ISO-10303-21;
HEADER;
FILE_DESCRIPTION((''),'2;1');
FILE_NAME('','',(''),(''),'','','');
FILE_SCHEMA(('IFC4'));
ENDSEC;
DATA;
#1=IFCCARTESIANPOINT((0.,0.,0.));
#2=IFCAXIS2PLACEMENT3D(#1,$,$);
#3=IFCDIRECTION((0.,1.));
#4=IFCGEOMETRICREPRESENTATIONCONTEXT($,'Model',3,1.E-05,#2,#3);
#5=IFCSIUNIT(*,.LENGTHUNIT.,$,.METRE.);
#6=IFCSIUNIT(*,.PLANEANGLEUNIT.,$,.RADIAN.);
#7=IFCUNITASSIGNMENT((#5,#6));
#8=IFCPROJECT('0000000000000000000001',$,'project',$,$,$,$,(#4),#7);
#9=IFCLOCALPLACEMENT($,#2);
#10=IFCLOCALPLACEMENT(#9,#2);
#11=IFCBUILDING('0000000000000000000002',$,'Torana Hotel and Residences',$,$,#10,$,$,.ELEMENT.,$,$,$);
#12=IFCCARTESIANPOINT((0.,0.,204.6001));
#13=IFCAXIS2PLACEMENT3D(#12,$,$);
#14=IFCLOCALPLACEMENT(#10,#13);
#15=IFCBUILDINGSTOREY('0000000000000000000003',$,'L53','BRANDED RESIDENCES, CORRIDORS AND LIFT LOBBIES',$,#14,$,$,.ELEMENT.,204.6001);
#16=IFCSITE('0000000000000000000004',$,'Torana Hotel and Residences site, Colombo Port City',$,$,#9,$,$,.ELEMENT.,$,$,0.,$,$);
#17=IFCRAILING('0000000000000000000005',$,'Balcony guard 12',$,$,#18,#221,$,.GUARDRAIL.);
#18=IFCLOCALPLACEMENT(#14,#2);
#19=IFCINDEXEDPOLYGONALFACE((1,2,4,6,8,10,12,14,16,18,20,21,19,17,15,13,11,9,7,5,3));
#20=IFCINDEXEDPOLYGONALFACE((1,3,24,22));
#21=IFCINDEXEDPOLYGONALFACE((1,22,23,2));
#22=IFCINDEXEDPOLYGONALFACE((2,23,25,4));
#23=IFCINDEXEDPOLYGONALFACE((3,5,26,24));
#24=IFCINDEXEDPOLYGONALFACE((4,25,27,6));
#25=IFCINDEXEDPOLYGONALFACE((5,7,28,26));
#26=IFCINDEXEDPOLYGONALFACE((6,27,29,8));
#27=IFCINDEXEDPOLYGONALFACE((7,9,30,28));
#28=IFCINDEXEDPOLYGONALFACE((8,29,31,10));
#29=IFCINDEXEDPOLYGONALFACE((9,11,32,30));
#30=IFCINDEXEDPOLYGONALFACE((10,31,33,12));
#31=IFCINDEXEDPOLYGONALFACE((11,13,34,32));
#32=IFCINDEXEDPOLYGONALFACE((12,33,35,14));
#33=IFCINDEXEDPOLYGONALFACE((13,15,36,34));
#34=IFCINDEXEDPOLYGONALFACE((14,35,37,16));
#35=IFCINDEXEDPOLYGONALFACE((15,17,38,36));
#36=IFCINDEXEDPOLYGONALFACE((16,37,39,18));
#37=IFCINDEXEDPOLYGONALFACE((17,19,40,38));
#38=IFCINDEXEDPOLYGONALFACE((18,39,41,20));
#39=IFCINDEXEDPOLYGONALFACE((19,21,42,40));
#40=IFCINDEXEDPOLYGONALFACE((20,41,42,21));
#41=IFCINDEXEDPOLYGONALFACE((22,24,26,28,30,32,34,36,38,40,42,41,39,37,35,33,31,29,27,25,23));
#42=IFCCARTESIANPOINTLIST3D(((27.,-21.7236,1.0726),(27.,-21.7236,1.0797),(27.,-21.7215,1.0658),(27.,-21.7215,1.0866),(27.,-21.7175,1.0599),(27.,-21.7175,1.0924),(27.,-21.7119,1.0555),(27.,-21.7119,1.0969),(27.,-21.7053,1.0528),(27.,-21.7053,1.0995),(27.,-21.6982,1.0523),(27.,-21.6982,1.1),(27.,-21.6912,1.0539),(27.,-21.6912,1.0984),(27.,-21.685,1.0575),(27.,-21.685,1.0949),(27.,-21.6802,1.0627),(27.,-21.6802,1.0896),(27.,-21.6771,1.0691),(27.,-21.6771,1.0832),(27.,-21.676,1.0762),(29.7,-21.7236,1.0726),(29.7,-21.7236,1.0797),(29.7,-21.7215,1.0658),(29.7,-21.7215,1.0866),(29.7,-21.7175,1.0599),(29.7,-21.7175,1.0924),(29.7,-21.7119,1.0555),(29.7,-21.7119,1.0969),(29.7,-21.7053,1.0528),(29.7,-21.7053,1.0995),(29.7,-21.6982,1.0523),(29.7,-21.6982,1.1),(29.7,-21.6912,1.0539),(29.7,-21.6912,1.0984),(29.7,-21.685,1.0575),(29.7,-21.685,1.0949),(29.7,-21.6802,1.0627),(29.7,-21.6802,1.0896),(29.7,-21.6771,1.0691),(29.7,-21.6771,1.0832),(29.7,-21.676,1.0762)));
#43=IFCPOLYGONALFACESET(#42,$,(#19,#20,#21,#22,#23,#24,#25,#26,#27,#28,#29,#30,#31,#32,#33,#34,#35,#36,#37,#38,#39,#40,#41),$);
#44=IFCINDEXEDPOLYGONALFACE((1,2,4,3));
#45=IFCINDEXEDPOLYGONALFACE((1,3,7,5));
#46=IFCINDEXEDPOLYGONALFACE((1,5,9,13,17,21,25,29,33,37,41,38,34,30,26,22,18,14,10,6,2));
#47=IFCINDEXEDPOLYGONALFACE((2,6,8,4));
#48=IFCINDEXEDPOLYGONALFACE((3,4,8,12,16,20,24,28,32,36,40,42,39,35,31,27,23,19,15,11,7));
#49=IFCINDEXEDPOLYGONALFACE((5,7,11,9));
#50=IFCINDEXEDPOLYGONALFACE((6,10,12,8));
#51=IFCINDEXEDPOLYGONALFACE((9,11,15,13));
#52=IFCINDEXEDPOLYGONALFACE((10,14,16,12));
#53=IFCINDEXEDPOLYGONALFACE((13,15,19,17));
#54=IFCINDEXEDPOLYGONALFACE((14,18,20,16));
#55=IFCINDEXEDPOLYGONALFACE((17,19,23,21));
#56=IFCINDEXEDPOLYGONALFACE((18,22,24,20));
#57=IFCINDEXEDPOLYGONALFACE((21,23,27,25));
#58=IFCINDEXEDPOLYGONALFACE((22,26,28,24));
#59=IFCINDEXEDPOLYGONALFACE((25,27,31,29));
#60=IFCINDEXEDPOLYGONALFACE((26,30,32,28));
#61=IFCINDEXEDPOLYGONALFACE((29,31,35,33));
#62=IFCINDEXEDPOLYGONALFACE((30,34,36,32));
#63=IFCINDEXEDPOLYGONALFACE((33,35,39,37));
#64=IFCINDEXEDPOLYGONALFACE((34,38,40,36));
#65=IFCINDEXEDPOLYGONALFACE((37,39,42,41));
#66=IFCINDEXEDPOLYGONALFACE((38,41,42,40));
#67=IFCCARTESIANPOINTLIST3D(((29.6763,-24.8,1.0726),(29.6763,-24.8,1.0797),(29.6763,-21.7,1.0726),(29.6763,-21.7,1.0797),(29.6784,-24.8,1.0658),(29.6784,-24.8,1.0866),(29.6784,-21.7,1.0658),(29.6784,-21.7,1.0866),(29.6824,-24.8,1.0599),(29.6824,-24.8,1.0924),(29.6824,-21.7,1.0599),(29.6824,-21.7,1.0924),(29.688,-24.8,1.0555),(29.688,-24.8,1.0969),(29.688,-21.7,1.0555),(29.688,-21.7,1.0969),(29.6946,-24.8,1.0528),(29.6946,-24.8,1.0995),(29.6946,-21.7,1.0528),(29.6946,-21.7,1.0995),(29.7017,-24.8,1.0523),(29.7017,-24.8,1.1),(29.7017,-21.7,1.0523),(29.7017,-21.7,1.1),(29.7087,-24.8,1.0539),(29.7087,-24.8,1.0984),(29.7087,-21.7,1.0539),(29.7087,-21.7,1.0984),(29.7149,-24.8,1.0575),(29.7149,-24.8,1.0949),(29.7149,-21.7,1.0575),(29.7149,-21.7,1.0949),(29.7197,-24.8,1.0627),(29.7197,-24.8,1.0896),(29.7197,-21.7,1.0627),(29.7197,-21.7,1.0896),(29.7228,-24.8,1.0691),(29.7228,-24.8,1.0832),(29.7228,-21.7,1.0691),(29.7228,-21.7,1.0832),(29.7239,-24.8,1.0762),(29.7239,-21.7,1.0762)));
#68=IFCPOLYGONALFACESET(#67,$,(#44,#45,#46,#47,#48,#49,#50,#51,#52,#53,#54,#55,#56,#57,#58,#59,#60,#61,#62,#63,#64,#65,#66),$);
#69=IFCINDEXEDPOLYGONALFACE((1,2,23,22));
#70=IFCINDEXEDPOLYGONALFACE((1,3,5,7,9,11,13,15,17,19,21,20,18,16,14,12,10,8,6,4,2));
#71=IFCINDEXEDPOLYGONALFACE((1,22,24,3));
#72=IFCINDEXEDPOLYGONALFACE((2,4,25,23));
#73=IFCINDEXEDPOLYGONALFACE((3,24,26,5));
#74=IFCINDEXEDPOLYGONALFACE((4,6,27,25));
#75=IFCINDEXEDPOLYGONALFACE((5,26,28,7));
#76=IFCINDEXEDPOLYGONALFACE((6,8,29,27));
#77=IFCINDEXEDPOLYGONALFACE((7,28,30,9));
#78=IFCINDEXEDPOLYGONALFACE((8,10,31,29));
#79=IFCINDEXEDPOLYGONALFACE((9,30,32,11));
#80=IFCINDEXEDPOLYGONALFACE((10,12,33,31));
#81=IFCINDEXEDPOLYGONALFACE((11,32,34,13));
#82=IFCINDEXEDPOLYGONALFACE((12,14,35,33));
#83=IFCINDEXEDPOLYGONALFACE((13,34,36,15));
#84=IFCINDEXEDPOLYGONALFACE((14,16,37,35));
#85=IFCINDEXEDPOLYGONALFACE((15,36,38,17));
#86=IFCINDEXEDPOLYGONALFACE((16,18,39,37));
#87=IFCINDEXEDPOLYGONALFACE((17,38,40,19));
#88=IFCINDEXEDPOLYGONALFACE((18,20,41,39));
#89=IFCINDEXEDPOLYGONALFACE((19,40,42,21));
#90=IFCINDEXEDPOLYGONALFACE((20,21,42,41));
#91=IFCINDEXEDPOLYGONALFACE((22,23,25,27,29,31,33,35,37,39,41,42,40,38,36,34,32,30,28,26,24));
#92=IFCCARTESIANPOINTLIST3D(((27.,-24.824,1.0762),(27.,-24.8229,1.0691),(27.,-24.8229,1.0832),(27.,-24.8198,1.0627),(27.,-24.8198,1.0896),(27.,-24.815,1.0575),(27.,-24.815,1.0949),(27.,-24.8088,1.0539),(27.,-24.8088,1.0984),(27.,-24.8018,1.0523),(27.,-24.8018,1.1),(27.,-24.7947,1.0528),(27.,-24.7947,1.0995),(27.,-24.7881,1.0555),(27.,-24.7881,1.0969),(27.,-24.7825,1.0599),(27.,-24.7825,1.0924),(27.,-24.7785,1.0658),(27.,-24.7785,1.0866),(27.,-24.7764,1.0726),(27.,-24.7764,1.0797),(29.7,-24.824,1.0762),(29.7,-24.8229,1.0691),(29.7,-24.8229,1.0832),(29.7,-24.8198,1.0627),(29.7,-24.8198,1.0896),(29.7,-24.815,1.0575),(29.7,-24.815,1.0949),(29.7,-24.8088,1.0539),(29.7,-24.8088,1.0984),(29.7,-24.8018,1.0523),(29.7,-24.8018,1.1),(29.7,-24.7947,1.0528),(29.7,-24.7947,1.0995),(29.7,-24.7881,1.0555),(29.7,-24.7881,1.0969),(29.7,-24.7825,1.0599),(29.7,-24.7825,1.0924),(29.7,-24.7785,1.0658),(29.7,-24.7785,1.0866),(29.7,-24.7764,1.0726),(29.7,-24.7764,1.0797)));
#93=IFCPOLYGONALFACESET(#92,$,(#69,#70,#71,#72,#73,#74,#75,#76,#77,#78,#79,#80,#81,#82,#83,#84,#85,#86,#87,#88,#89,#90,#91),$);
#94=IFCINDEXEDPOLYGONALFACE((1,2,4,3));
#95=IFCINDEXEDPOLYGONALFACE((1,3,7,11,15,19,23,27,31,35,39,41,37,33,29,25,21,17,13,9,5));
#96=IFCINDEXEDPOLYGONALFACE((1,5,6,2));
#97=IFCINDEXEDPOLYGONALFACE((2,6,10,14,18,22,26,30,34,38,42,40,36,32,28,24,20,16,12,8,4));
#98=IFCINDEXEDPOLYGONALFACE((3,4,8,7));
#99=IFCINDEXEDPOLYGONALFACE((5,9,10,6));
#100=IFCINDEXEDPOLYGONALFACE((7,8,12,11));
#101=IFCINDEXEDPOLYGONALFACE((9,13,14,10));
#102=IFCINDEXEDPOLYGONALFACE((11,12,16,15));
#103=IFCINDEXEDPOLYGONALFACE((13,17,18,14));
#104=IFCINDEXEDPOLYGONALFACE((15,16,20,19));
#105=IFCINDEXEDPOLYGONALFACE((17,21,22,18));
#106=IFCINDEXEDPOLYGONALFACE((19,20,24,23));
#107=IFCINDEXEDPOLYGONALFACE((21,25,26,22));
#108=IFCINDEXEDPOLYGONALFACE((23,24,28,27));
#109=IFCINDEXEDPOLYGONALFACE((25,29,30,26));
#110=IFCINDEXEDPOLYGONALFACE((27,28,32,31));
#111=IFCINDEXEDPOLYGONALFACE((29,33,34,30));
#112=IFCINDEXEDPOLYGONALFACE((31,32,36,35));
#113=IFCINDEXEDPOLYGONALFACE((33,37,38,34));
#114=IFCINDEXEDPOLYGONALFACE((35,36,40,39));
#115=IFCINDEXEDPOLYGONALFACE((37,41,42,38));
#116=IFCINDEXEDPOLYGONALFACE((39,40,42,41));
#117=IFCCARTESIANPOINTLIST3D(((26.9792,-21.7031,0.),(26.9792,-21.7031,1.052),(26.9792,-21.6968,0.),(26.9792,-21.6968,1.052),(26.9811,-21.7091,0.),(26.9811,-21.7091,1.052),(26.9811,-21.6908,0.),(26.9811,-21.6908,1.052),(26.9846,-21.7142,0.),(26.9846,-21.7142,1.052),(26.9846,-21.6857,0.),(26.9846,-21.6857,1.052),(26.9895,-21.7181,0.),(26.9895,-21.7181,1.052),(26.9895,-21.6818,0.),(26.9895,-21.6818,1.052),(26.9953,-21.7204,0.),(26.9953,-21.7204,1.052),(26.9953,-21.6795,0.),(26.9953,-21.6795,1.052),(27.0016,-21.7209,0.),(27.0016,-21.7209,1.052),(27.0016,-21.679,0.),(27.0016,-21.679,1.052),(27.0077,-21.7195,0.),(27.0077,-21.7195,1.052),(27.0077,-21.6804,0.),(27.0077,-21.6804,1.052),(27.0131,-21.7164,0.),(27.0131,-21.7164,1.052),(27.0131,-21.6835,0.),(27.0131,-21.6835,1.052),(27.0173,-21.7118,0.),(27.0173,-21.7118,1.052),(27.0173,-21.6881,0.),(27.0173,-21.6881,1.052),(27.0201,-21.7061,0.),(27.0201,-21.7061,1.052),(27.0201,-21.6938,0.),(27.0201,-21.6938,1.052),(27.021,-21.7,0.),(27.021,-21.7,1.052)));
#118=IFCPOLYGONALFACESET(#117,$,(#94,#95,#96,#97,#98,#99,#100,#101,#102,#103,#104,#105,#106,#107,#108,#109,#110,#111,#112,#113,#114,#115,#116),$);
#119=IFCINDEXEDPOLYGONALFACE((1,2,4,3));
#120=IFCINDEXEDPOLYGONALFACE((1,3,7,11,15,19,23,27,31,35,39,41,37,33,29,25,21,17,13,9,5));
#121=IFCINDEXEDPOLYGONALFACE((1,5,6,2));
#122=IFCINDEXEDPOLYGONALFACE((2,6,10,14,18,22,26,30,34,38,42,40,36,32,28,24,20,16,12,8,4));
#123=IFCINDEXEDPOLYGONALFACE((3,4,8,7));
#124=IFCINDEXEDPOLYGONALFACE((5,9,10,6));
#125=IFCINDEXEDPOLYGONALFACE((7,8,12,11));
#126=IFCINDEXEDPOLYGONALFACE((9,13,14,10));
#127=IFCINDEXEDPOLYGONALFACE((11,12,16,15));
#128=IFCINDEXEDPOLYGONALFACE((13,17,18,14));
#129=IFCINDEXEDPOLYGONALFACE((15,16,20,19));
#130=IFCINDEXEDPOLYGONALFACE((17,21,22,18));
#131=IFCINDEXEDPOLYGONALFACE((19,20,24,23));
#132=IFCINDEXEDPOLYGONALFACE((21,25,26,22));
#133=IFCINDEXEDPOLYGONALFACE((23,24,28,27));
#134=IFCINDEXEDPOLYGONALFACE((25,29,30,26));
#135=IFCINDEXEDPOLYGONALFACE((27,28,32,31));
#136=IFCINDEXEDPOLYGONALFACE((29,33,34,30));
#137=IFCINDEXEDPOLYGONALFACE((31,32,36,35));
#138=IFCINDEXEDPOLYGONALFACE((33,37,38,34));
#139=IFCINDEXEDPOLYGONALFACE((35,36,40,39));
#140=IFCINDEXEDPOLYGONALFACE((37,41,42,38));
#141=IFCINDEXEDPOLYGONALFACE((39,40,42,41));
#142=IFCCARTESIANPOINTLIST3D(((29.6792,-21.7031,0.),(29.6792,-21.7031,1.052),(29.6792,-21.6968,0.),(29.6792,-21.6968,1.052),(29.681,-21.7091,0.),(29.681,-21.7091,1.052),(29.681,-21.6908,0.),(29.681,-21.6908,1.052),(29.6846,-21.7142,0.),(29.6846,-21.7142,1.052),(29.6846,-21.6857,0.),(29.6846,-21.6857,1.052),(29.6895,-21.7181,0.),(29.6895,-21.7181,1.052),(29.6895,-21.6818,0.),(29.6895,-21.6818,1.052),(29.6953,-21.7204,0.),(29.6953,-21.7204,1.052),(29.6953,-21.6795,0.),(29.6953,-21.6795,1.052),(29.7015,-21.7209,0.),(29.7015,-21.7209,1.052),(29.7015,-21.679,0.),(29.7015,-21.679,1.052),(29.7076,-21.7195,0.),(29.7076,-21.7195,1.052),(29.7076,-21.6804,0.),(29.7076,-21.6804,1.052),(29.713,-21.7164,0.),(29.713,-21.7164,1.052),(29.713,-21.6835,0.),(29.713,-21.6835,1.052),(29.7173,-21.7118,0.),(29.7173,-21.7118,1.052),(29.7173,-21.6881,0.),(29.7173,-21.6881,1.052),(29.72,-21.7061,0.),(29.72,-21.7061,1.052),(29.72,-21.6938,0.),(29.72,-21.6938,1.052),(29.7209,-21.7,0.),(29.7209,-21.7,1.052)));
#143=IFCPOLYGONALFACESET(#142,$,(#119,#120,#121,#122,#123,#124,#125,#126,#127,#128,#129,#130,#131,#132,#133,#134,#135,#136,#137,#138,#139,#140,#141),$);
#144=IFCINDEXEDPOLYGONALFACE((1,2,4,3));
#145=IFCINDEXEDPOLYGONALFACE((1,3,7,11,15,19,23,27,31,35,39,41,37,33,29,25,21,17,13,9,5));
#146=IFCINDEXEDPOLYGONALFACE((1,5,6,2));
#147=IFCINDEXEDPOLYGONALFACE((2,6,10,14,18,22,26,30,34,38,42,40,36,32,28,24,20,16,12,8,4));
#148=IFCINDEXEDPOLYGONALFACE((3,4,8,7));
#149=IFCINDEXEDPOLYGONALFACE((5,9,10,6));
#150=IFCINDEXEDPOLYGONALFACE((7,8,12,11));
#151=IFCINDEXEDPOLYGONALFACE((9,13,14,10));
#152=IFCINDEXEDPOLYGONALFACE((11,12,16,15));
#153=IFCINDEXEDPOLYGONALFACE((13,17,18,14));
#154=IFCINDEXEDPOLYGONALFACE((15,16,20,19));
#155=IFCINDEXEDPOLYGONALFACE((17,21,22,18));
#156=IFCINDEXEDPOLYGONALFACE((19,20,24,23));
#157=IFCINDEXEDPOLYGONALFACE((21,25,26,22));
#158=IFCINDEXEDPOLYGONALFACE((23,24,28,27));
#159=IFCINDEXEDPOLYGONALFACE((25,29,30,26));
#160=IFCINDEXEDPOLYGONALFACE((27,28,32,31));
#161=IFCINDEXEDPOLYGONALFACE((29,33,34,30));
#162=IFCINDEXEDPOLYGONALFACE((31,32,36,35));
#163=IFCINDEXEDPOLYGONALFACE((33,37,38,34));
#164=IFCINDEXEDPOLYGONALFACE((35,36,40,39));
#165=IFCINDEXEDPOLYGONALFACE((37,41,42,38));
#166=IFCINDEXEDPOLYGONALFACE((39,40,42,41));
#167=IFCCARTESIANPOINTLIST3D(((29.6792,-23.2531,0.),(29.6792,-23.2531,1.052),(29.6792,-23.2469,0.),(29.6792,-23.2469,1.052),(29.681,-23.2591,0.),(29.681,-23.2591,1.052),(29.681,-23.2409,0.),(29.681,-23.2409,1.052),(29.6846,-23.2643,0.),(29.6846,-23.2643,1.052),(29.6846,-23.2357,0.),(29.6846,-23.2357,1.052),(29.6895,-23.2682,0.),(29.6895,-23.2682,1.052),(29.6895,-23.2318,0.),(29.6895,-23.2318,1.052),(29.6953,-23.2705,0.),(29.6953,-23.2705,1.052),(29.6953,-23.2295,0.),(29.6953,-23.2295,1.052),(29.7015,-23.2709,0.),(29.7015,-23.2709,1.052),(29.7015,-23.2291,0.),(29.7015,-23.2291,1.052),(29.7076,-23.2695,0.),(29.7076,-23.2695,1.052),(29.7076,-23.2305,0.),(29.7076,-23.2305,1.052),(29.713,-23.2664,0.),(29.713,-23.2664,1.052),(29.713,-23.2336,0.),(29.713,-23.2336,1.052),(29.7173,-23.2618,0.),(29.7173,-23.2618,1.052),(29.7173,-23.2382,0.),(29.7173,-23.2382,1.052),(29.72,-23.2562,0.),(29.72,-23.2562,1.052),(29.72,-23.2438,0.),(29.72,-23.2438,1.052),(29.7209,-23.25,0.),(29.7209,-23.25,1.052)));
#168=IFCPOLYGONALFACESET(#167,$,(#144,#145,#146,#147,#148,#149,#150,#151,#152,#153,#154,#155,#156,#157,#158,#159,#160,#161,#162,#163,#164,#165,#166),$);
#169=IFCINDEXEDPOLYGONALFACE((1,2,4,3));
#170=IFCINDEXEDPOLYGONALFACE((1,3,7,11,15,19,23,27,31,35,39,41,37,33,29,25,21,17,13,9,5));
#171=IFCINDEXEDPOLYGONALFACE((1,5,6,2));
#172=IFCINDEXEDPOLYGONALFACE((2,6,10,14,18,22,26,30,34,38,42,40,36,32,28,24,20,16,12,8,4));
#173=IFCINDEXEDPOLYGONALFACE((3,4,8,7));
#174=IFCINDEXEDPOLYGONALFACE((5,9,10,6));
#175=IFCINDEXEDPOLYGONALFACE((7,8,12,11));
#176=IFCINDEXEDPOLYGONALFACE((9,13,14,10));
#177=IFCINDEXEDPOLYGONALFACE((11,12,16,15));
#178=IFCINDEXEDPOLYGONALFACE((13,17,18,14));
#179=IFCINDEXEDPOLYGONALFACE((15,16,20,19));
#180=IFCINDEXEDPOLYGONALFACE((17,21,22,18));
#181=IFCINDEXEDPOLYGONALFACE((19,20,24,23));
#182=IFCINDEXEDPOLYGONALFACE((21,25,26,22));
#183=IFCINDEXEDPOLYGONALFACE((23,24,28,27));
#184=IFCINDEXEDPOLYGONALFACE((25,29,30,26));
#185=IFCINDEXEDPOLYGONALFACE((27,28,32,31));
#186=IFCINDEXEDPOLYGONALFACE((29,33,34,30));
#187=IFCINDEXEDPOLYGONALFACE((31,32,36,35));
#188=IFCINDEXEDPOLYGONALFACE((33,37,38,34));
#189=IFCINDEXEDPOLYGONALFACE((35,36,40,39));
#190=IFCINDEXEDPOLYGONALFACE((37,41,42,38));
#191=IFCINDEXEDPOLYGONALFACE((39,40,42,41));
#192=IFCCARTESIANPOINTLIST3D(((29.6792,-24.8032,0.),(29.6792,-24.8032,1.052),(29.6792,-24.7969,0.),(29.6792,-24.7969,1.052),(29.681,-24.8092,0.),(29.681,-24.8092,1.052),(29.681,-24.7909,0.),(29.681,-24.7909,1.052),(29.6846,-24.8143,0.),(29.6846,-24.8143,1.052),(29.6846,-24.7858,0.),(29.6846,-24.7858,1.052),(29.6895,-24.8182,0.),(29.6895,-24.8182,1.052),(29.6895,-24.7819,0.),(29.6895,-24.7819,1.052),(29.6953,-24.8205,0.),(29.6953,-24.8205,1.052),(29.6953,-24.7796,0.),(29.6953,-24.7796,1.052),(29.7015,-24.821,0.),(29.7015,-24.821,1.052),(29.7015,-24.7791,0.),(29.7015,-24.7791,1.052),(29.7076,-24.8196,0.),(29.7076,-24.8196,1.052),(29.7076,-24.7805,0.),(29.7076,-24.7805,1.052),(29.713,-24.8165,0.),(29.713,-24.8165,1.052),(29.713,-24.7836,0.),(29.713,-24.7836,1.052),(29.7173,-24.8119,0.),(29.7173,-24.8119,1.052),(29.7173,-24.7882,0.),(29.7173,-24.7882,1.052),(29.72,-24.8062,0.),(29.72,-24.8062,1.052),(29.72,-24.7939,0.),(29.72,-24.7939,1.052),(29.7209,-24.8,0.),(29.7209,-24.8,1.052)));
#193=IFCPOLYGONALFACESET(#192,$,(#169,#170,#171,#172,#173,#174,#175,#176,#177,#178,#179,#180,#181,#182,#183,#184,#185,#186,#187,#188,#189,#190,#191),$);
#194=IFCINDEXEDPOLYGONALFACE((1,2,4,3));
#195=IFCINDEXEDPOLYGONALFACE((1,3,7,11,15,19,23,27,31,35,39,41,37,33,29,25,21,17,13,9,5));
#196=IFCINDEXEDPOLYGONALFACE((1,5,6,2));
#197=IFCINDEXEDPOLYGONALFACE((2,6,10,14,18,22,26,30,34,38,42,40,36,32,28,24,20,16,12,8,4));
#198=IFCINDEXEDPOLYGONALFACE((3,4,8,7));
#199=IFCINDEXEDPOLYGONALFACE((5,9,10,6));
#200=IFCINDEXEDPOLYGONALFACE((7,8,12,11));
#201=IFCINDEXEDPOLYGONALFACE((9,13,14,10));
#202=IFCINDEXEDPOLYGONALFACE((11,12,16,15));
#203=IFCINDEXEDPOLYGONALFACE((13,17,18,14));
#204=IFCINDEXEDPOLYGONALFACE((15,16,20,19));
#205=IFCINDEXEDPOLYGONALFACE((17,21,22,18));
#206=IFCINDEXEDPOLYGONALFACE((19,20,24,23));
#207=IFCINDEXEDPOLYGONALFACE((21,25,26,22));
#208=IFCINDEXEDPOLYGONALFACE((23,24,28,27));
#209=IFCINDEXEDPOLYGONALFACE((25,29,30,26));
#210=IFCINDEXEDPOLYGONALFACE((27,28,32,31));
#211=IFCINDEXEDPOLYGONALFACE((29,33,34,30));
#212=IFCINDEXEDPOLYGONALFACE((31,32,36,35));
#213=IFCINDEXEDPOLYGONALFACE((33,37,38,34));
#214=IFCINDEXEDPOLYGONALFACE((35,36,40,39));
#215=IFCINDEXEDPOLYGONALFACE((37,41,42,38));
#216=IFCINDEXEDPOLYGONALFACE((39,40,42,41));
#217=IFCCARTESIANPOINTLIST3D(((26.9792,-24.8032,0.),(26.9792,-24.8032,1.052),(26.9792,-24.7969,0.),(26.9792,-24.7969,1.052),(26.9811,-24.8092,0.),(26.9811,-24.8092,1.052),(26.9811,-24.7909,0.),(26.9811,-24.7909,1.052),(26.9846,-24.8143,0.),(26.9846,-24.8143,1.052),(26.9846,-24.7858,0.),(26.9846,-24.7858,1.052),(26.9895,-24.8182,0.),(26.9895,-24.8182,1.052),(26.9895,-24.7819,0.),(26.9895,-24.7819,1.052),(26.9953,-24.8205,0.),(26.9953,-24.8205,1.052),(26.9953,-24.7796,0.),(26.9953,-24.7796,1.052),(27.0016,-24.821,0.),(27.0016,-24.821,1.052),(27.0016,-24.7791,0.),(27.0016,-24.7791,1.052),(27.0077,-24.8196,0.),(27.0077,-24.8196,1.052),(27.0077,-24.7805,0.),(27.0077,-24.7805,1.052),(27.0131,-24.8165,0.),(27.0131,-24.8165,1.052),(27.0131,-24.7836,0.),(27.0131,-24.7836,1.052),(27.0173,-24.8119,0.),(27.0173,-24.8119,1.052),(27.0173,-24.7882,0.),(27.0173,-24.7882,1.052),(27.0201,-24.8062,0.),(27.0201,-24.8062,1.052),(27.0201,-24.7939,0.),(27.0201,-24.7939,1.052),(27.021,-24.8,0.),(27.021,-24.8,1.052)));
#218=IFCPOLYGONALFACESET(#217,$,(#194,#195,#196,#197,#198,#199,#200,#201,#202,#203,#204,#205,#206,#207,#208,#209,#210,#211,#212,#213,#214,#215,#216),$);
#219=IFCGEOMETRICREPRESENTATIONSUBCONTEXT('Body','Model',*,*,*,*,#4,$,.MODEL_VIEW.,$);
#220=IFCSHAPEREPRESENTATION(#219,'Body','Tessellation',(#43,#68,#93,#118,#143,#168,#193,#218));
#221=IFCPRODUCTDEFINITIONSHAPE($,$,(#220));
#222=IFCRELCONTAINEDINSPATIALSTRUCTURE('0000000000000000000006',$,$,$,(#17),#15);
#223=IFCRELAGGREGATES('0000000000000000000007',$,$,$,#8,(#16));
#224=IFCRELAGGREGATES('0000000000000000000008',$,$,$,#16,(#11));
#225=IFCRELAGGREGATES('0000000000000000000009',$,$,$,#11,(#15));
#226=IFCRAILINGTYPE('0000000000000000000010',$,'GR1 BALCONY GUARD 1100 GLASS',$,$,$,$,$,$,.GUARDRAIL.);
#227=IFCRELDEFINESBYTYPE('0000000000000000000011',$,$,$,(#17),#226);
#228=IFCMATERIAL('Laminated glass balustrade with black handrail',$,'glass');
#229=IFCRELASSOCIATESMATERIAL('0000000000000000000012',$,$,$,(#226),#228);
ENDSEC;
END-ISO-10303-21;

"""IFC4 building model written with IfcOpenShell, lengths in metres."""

from ifc_helpers import new_model, si_unit, direction, frame, origin, origin_2d, place, context, subcontext, project, spatial, circle, extrude, material, type_object, element, save


model = new_model("IFC4")

# Units and contexts
model_context = context("Model", 3, precision=1e-05, world=origin(), true_north=direction((0.0, 1.0)))
body_context = subcontext(model_context, "Body", "Model", "MODEL_VIEW")
ifc_project = project(units=[si_unit("LENGTHUNIT", "METRE"), si_unit("PLANEANGLEUNIT", "RADIAN")], contexts=[model_context])

# Site, building, storey
site_placement = place(None, origin())
site = spatial("IfcSite", under=ifc_project, at=site_placement, Name="Torana Hotel and Residences site, Colombo Port City", CompositionType="ELEMENT", RefElevation=0.0)
building_placement = place(site_placement, origin())
building = spatial("IfcBuilding", under=site, at=building_placement, Name="Torana Hotel and Residences", CompositionType="ELEMENT")
storey_placement = place(building_placement, frame((0.0, 0.0, 204.6001)))
storey = spatial("IfcBuildingStorey", under=building, at=storey_placement, Name="L53", Description="BRANDED RESIDENCES, CORRIDORS AND LIFT LOBBIES", CompositionType="ELEMENT", Elevation=204.6001)

# Railing
ifc_material_1 = material(Name="Laminated glass balustrade with black handrail", Category="glass")
railing_type = type_object("IfcRailingType", Name="GR1 BALCONY GUARD 1100 GLASS", PredefinedType="GUARDRAIL", material=ifc_material_1)
railing_1_placement = place(storey_placement, frame((27.0, -21.7, 0.0)))
element("IfcRailing", 1, at=railing_1_placement, inside=storey, type_object=railing_type, Name="Balcony guard 12", PredefinedType="GUARDRAIL", context=body_context, shape_type="SweptSolid", body=[
    extrude(circle(Radius=0.0239, at=origin_2d()), frame((0.0, 0.0, 1.0762), z_axis=(1.0, 0.0, 0.0), x_axis=(0.0, 1.0, 0.0)), (0.0, 0.0, 1.0), 2.7),
    extrude(circle(Radius=0.0239, at=origin_2d()), frame((2.7, 0.0, 1.0762), z_axis=(0.0, -1.0, 0.0), x_axis=(1.0, 0.0, 0.0)), (0.0, 0.0, 1.0), 3.1001),
    extrude(circle(Radius=0.0239, at=origin_2d()), frame((2.7, -3.1001, 1.0762), z_axis=(-1.0, 0.0, 0.0), x_axis=(0.0, -1.0, 0.0)), (0.0, 0.0, 1.0), 2.7),
    extrude(circle(Radius=0.021, at=origin_2d()), origin(), (0.0, 0.0, 1.0), 1.052),
    extrude(circle(Radius=0.021, at=origin_2d()), frame((2.7, 0.0, 0.0)), (0.0, 0.0, 1.0), 1.052),
    extrude(circle(Radius=0.021, at=origin_2d()), frame((2.7, -1.55, 0.0)), (0.0, 0.0, 1.0), 1.052),
    extrude(circle(Radius=0.021, at=origin_2d()), frame((2.7, -3.1001, 0.0)), (0.0, 0.0, 1.0), 1.052),
    extrude(circle(Radius=0.021, at=origin_2d()), frame((0.0, -3.1001, 0.0)), (0.0, 0.0, 1.0), 1.052),
])

save(model, "model.ifc")
